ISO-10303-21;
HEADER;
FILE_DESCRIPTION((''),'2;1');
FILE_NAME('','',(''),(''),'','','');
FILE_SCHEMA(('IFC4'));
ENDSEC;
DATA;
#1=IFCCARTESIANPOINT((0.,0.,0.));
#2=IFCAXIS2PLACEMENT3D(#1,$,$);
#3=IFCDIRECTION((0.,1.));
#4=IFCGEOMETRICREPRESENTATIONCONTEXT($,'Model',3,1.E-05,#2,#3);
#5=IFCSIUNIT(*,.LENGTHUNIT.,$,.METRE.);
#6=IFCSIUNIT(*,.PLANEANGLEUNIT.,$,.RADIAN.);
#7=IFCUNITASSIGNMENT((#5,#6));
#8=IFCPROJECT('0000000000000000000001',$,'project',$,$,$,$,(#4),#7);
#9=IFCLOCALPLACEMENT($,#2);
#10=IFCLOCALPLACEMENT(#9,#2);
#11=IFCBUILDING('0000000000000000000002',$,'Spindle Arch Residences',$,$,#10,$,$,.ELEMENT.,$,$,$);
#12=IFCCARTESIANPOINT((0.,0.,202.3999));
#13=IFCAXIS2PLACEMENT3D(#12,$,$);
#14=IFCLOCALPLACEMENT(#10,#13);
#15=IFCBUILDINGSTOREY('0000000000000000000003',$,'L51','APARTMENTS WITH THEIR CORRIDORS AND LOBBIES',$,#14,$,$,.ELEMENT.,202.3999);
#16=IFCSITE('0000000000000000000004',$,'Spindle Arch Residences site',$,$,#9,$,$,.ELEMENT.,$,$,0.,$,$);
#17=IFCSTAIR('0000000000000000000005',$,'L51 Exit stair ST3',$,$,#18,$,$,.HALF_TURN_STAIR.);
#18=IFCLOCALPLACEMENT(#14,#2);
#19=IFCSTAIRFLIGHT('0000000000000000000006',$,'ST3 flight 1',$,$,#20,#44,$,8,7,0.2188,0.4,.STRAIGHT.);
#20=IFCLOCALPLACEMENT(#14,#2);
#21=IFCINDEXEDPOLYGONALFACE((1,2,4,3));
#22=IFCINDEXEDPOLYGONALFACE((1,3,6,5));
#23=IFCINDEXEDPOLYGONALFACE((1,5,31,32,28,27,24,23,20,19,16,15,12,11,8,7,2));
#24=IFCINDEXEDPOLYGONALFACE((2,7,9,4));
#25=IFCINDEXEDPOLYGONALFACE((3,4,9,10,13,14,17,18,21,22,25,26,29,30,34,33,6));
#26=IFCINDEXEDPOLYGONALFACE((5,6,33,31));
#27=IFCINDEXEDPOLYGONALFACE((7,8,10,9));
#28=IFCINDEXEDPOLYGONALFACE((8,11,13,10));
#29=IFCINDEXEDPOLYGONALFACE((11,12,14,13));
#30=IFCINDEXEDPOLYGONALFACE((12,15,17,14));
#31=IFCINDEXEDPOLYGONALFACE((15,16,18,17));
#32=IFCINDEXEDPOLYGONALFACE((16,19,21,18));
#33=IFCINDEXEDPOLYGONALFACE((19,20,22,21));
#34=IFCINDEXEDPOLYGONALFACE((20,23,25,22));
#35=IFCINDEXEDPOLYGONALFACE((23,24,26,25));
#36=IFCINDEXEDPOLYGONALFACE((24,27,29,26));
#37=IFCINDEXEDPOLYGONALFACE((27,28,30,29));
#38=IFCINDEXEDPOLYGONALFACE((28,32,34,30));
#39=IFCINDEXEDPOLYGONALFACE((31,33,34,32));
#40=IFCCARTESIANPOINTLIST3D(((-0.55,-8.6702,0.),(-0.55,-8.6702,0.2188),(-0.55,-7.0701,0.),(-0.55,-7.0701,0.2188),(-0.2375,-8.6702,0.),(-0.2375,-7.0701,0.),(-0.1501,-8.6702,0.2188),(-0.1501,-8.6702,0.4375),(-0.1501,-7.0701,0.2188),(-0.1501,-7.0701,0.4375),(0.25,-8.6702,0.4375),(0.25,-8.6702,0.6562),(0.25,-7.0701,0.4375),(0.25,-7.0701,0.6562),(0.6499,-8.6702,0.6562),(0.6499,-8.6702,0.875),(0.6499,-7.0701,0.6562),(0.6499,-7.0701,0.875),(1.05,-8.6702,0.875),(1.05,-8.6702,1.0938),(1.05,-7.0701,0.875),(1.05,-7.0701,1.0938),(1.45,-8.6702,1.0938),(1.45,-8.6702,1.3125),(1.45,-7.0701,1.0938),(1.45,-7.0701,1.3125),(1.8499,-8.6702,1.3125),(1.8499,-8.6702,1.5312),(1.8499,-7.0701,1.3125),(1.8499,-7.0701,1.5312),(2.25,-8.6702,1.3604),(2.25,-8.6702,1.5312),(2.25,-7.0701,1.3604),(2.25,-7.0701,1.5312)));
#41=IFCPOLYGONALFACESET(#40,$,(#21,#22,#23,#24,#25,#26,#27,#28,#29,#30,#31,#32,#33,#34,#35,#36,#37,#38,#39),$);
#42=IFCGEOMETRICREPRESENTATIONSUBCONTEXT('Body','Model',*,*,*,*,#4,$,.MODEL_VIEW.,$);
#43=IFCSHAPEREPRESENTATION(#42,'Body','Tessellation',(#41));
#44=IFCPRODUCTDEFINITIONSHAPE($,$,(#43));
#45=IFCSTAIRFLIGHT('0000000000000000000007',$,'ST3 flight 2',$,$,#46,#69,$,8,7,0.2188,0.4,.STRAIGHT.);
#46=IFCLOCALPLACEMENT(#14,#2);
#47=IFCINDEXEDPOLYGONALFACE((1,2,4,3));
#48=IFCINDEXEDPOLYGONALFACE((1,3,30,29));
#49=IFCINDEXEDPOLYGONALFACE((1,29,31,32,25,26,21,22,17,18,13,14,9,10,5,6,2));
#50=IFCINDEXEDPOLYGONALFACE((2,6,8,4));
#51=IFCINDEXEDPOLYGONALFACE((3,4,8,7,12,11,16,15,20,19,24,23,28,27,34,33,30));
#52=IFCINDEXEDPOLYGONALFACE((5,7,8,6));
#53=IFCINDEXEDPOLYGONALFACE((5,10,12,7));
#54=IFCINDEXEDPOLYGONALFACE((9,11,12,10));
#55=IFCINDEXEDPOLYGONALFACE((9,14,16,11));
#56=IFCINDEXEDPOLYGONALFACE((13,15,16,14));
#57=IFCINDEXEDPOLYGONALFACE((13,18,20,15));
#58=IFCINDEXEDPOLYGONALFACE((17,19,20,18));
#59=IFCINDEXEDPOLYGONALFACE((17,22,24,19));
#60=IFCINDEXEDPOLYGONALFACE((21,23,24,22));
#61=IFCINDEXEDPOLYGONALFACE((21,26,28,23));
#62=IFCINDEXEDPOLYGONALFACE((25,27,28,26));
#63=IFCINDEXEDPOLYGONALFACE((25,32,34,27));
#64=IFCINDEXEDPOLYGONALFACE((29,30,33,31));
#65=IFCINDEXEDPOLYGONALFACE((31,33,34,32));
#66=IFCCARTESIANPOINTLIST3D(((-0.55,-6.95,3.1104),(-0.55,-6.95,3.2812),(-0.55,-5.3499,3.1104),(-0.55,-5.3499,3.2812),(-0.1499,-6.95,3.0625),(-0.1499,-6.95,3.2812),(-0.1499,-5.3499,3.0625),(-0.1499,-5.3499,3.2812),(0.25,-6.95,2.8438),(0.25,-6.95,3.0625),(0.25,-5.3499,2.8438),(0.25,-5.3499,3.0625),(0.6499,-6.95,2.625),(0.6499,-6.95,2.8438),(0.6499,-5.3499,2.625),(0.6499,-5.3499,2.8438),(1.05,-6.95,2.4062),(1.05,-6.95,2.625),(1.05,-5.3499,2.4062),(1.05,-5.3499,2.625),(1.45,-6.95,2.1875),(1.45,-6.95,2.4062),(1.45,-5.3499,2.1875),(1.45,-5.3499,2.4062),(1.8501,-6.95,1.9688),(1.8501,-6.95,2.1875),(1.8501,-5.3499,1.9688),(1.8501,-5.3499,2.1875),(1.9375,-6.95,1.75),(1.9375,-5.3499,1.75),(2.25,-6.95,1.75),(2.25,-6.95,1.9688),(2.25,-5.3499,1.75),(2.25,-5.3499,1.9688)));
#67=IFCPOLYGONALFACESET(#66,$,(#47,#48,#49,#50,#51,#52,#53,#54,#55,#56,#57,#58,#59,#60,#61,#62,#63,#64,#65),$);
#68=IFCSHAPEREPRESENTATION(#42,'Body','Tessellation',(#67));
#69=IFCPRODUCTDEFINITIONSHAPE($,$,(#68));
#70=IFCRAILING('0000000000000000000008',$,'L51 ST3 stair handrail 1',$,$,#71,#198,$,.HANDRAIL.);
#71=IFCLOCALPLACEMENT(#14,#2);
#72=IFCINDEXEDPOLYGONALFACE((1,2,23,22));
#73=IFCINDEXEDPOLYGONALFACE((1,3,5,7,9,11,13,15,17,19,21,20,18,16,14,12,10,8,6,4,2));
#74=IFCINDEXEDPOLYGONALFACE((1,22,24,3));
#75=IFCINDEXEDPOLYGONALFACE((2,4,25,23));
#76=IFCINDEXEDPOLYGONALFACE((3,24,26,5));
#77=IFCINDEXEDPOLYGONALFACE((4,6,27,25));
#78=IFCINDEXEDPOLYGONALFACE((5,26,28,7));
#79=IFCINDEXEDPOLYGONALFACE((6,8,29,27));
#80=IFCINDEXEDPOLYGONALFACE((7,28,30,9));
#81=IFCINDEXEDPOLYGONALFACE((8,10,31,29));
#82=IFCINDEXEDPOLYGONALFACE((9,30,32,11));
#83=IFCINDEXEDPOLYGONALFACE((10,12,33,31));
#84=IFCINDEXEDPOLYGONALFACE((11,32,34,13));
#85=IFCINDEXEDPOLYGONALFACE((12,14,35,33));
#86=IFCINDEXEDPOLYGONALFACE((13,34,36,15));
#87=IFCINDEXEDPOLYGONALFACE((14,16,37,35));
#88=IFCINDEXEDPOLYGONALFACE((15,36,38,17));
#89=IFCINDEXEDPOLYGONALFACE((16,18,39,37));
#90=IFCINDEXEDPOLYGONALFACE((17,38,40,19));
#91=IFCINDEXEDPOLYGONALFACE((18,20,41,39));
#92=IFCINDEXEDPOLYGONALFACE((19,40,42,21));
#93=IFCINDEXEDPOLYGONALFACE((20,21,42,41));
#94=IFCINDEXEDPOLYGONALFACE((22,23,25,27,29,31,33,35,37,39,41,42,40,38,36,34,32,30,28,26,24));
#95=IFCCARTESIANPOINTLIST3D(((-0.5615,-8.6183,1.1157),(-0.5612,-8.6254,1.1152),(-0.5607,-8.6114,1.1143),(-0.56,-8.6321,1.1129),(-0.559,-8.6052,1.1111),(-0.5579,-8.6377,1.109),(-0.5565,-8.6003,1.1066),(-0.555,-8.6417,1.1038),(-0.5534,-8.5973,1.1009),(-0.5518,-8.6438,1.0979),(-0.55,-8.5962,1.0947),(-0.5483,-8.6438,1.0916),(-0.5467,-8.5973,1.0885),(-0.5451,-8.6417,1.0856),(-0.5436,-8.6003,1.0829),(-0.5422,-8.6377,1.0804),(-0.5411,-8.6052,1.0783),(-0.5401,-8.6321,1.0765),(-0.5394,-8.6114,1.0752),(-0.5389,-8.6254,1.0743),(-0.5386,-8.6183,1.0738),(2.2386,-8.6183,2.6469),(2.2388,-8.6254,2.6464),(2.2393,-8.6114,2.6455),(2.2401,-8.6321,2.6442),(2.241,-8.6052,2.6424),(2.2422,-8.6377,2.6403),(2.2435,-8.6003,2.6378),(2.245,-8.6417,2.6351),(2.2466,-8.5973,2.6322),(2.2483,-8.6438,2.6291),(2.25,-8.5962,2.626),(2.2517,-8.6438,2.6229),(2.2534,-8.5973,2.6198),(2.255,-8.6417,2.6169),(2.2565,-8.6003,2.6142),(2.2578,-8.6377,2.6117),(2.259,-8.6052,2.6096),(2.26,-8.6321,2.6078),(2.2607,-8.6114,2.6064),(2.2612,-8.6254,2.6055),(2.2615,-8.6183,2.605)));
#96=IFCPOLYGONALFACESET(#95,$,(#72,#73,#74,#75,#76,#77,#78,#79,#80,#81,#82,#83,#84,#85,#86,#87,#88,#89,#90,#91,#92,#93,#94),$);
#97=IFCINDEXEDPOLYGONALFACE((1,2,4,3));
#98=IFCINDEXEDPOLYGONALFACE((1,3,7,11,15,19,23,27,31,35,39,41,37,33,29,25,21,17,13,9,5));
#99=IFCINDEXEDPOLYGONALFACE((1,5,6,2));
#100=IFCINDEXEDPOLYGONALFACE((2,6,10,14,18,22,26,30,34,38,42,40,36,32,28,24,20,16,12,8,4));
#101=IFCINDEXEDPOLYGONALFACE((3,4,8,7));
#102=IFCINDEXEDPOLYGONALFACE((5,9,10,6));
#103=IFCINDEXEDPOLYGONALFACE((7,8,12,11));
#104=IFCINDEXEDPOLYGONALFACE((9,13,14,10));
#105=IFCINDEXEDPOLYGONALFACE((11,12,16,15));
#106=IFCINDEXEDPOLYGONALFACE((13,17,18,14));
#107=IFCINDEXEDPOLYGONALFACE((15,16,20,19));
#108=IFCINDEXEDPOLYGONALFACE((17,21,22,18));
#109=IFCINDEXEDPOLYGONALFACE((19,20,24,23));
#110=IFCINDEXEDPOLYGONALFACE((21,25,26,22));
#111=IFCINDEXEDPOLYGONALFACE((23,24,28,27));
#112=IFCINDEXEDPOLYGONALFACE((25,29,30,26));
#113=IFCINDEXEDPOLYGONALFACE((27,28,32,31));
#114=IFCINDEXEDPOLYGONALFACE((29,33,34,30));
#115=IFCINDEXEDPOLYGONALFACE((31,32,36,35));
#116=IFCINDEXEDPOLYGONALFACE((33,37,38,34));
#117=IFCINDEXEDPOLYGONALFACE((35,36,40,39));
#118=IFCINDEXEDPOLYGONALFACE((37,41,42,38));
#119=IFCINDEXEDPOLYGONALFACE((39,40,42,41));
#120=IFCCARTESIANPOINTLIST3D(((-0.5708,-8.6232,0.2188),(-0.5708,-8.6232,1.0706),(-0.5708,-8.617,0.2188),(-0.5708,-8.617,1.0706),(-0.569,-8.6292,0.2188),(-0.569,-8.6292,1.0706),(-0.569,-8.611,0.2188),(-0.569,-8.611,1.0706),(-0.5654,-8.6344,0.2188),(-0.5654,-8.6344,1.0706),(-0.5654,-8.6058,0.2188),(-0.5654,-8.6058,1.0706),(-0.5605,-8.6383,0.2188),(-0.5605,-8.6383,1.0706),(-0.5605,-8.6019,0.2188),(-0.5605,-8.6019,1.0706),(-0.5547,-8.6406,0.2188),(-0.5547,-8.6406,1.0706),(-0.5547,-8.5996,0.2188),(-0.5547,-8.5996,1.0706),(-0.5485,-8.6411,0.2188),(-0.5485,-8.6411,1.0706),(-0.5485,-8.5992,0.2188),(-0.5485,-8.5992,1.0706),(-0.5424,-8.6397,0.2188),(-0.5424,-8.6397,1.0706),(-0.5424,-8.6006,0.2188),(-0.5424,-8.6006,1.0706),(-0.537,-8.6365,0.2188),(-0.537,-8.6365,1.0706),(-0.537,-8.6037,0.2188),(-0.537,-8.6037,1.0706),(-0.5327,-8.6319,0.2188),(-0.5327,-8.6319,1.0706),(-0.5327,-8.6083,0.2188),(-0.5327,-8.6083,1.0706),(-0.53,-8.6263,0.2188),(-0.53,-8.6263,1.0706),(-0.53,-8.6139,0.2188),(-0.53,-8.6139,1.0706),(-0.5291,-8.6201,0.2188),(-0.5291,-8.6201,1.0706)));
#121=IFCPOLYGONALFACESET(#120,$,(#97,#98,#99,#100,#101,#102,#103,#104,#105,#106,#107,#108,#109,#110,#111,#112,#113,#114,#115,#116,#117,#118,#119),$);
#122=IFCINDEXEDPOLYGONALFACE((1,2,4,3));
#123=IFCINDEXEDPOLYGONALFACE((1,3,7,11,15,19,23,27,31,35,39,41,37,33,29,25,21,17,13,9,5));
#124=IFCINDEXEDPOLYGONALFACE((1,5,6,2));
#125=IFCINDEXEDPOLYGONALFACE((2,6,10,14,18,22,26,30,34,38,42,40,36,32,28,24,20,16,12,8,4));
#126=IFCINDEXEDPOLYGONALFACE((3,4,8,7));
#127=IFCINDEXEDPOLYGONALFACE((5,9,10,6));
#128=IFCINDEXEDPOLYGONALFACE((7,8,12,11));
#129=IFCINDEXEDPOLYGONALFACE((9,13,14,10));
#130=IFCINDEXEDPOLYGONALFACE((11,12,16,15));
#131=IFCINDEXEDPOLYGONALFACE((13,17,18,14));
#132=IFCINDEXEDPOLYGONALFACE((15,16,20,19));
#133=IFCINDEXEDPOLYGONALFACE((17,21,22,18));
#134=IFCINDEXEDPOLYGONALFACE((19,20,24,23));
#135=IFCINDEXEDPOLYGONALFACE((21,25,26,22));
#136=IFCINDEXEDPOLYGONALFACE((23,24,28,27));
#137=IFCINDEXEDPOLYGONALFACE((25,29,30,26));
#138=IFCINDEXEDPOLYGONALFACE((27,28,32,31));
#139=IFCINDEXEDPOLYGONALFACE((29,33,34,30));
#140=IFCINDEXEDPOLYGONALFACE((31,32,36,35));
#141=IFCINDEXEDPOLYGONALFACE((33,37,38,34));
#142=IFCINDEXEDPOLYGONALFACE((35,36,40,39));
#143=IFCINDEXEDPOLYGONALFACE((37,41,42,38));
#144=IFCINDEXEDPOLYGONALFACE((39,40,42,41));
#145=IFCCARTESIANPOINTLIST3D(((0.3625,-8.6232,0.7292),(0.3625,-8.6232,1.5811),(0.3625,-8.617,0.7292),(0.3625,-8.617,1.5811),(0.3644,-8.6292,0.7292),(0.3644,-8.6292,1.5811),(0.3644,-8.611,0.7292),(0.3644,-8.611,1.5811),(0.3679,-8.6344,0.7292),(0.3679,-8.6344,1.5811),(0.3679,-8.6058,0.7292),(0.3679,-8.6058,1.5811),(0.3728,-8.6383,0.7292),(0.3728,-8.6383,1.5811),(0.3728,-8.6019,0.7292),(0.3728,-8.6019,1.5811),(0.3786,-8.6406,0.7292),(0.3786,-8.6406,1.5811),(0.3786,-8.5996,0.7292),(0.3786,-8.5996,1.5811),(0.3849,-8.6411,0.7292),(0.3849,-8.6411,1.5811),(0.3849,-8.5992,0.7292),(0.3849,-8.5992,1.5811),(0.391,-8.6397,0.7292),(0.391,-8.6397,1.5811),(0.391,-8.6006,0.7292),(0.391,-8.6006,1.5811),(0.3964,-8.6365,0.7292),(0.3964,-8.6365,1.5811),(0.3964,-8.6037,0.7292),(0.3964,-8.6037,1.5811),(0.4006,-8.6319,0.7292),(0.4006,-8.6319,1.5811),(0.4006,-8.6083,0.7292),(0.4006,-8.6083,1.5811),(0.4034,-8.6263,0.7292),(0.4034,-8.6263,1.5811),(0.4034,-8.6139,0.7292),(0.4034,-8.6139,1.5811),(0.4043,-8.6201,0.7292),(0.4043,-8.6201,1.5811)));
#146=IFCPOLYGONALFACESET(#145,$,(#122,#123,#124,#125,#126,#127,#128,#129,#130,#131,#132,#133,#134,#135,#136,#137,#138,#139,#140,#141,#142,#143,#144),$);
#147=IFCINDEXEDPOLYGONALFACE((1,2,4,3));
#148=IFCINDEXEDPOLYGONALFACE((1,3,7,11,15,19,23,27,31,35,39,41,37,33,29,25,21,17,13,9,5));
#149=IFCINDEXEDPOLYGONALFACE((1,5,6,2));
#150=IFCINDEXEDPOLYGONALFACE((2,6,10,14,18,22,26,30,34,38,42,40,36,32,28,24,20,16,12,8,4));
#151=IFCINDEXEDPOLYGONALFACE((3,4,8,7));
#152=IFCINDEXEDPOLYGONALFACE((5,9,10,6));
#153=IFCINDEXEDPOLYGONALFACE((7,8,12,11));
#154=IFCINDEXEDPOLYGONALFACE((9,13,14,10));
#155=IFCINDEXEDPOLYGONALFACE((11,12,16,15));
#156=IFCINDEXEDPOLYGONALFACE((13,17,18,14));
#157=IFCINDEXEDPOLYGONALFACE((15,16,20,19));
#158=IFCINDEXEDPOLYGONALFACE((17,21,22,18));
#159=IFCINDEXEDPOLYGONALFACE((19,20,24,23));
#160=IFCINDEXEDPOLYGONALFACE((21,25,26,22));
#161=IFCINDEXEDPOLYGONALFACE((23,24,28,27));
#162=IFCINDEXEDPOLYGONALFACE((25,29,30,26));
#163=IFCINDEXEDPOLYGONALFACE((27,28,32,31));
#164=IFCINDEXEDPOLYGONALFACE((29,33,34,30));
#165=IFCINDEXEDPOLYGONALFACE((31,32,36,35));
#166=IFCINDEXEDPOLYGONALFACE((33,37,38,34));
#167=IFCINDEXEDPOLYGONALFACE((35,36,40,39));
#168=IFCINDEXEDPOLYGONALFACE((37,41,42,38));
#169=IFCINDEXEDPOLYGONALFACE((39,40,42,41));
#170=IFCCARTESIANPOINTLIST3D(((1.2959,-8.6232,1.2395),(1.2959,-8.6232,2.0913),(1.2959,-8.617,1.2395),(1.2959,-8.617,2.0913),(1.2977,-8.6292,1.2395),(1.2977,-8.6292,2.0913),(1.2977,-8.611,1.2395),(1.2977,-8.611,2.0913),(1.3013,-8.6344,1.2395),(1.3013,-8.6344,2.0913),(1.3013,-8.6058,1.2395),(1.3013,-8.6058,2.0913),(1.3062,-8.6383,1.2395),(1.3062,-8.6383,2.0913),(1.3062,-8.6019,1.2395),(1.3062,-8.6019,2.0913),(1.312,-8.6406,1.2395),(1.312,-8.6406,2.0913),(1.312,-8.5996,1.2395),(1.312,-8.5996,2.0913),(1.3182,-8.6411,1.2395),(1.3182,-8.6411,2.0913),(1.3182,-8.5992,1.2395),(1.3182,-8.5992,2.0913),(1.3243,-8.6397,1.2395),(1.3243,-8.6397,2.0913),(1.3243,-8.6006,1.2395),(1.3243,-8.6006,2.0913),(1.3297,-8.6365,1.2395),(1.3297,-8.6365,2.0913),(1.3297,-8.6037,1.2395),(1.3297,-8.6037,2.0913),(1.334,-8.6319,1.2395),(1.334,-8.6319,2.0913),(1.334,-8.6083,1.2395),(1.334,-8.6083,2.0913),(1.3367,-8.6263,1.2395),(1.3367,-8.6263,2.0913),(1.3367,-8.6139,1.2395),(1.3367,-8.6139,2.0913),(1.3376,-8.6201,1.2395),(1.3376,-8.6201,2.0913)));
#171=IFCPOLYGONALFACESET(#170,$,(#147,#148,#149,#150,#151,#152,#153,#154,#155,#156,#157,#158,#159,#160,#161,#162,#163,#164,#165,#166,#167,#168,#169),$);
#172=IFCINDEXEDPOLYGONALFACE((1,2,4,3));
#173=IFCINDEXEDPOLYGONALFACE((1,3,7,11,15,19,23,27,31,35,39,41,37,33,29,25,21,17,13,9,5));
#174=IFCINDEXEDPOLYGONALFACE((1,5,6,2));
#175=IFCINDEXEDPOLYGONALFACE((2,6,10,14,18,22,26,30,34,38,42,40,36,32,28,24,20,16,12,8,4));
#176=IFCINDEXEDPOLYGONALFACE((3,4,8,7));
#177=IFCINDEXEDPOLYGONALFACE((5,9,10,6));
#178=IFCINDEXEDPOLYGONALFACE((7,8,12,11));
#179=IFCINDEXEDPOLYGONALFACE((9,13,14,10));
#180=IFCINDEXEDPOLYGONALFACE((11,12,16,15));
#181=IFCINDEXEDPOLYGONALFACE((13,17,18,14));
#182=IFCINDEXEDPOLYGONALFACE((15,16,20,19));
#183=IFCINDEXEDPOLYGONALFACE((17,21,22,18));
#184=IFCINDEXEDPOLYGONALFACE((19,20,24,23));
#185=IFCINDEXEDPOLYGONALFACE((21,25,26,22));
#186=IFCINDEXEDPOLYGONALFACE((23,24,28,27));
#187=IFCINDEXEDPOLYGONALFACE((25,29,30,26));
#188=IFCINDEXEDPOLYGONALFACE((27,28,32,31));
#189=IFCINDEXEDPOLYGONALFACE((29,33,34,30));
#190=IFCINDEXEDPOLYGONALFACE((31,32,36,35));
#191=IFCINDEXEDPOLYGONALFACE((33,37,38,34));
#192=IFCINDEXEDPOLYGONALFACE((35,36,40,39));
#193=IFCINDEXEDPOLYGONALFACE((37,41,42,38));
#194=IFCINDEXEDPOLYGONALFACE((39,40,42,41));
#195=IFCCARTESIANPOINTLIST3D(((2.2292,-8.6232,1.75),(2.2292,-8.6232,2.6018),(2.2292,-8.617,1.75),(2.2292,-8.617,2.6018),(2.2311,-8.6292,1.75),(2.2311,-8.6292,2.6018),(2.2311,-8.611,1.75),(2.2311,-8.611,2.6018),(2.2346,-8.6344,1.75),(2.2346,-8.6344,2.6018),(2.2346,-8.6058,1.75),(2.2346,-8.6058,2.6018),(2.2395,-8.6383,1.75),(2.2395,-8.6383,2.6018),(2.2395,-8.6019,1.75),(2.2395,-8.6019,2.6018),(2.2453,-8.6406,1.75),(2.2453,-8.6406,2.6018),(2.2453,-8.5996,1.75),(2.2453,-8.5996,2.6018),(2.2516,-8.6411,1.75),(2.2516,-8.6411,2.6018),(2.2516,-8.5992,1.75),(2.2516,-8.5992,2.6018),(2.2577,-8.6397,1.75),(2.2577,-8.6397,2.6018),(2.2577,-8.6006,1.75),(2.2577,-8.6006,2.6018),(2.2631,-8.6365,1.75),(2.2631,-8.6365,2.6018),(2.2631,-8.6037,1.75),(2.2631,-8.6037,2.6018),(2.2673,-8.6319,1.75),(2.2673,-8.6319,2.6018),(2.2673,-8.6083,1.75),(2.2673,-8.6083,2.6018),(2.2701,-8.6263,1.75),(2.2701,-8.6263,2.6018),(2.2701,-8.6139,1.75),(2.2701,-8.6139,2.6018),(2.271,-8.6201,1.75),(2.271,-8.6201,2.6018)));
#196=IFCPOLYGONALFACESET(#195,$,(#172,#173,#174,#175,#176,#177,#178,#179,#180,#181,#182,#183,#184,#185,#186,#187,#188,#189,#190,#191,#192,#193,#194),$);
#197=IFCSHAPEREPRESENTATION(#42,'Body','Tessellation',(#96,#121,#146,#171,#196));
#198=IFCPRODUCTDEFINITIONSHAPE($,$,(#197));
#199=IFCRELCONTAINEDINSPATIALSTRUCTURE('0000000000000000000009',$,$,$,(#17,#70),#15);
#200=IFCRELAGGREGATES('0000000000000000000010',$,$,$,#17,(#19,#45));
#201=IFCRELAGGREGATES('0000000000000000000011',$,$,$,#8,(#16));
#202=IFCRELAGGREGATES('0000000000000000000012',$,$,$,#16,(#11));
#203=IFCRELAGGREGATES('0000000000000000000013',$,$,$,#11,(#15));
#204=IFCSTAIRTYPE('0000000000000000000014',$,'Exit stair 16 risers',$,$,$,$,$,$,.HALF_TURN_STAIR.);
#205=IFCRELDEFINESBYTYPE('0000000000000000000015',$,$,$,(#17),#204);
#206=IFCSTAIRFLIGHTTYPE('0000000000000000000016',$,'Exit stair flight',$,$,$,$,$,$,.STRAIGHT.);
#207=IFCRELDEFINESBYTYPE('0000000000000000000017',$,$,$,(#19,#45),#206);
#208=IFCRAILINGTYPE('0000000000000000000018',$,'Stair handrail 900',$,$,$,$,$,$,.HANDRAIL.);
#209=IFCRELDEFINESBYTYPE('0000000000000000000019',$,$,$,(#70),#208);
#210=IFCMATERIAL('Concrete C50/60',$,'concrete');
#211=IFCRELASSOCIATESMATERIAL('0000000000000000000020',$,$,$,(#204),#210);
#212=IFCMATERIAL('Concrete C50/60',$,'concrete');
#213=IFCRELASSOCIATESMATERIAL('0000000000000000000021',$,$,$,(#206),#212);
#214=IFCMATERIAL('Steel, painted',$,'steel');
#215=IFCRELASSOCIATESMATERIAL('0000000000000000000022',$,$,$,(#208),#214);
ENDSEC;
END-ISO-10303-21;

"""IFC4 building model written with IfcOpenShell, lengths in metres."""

from ifc_helpers import new_model, si_unit, direction, frame, origin, origin_2d, place, context, subcontext, project, spatial, polyline, circle, outline, extrude, material, type_object, element, aggregate, save


model = new_model("IFC4")

# Units and contexts
model_context = context("Model", 3, precision=1e-05, world=origin(), true_north=direction((0.0, 1.0)))
body_context = subcontext(model_context, "Body", "Model", "MODEL_VIEW")
ifc_project = project(units=[si_unit("LENGTHUNIT", "METRE"), si_unit("PLANEANGLEUNIT", "RADIAN")], contexts=[model_context])

# Site, building, storey
site_placement = place(None, origin())
site = spatial("IfcSite", under=ifc_project, at=site_placement, Name="Spindle Arch Residences site", CompositionType="ELEMENT", RefElevation=0.0)
building_placement = place(site_placement, origin())
building = spatial("IfcBuilding", under=site, at=building_placement, Name="Spindle Arch Residences", CompositionType="ELEMENT")
storey_placement = place(building_placement, frame((0.0, 0.0, 202.3999)))
storey = spatial("IfcBuildingStorey", under=building, at=storey_placement, Name="L51", Description="APARTMENTS WITH THEIR CORRIDORS AND LOBBIES", CompositionType="ELEMENT", Elevation=202.3999)

# Stair
ifc_material_1 = material(Name="Concrete C50/60", Category="concrete")
stair_type = type_object("IfcStairType", Name="Exit stair 16 risers", PredefinedType="HALF_TURN_STAIR", material=ifc_material_1)
stair_1_placement = place(storey_placement, origin())
stair_1 = element("IfcStair", 1, at=stair_1_placement, inside=storey, type_object=stair_type, Name="L51 Exit stair ST3", PredefinedType="HALF_TURN_STAIR")

# Stair flights
ifc_material_2 = material(Name="Concrete C50/60", Category="concrete")
stair_flight_type = type_object("IfcStairFlightType", Name="Exit stair flight", PredefinedType="STRAIGHT", material=ifc_material_2)
stair_flight_1_placement = place(storey_placement, frame((-0.55, -7.8701, 0.0), z_axis=(0.0, 0.0, 1.0), x_axis=(1.0, 0.0, 0.0)))
stair_flight_1 = element("IfcStairFlight", 2, at=stair_flight_1_placement, type_object=stair_flight_type, Name="ST3 flight 1", NumberOfRisers=8, NumberOfTreads=7, PredefinedType="STRAIGHT", RiserHeight=0.2188, TreadLength=0.4, context=body_context, shape_type="SweptSolid", body=[
    extrude(outline(polyline([(0.0, 0.0), (0.0, 0.2188), (0.3999, 0.2188), (0.3999, 0.4375), (0.8, 0.4375), (0.8, 0.6562), (1.2, 0.6562), (1.2, 0.875), (1.6001, 0.875), (1.6001, 1.0938), (2.0, 1.0938), (2.0, 1.3125), (2.3999, 1.3125), (2.3999, 1.5312), (2.8, 1.5312), (2.8, 1.75), (2.8, 1.3604), (0.3125, 0.0), (0.0, 0.0)])), frame((0.0, 0.8, 0.0), z_axis=(0.0, -1.0, 0.0), x_axis=(1.0, 0.0, 0.0)), (0.0, 0.0, 1.0), 1.6001),
])
stair_flight_2_placement = place(storey_placement, frame((2.25, -6.1499, 1.75), z_axis=(0.0, 0.0, 1.0), x_axis=(-1.0, 0.0, 0.0)))
stair_flight_2 = element("IfcStairFlight", 3, at=stair_flight_2_placement, type_object=stair_flight_type, Name="ST3 flight 2", NumberOfRisers=8, NumberOfTreads=7, PredefinedType="STRAIGHT", RiserHeight=0.2188, TreadLength=0.4, context=body_context, shape_type="SweptSolid", body=[
    extrude(outline(polyline([(0.0, 0.0), (0.0, 0.2188), (0.3999, 0.2188), (0.3999, 0.4375), (0.8, 0.4375), (0.8, 0.6562), (1.2, 0.6562), (1.2, 0.875), (1.6001, 0.875), (1.6001, 1.0938), (2.0, 1.0938), (2.0, 1.3125), (2.3999, 1.3125), (2.3999, 1.5312), (2.8, 1.5312), (2.8, 1.75), (2.8, 1.3604), (0.3125, 0.0), (0.0, 0.0)])), frame((0.0, 0.8, 0.0), z_axis=(0.0, -1.0, 0.0), x_axis=(1.0, 0.0, 0.0)), (0.0, 0.0, 1.0), 1.6001),
])
aggregate(stair_1, [stair_flight_1, stair_flight_2])

# Railing
ifc_material_3 = material(Name="Steel, painted", Category="steel")
railing_type_1 = type_object("IfcRailingType", Name="Stair handrail 900", PredefinedType="HANDRAIL", material=ifc_material_3)
railing_1_placement = place(storey_placement, frame((-0.55, -8.6201, 0.2188)))
element("IfcRailing", 4, at=railing_1_placement, inside=storey, type_object=railing_type_1, Name="L51 ST3 stair handrail 1", PredefinedType="HANDRAIL", context=body_context, shape_type="SweptSolid", body=[
    extrude(circle(Radius=0.0239, at=origin_2d()), frame((0.0, 0.0, 0.876), z_axis=(0.877375, 0.0, 0.479806), x_axis=(0.0, 1.0, 0.0)), (0.0, 0.0, 1.0), 3.1914),
    extrude(circle(Radius=0.021, at=origin_2d()), origin(), (0.0, 0.0, 1.0), 0.8518),
    extrude(circle(Radius=0.021, at=origin_2d()), frame((0.9333, 0.0, 0.5105)), (0.0, 0.0, 1.0), 0.8518),
    extrude(circle(Radius=0.021, at=origin_2d()), frame((1.8667, 0.0, 1.0208)), (0.0, 0.0, 1.0), 0.8518),
    extrude(circle(Radius=0.021, at=origin_2d()), frame((2.8, 0.0, 1.5312)), (0.0, 0.0, 1.0), 0.8518),
])

save(model, "model.ifc")
